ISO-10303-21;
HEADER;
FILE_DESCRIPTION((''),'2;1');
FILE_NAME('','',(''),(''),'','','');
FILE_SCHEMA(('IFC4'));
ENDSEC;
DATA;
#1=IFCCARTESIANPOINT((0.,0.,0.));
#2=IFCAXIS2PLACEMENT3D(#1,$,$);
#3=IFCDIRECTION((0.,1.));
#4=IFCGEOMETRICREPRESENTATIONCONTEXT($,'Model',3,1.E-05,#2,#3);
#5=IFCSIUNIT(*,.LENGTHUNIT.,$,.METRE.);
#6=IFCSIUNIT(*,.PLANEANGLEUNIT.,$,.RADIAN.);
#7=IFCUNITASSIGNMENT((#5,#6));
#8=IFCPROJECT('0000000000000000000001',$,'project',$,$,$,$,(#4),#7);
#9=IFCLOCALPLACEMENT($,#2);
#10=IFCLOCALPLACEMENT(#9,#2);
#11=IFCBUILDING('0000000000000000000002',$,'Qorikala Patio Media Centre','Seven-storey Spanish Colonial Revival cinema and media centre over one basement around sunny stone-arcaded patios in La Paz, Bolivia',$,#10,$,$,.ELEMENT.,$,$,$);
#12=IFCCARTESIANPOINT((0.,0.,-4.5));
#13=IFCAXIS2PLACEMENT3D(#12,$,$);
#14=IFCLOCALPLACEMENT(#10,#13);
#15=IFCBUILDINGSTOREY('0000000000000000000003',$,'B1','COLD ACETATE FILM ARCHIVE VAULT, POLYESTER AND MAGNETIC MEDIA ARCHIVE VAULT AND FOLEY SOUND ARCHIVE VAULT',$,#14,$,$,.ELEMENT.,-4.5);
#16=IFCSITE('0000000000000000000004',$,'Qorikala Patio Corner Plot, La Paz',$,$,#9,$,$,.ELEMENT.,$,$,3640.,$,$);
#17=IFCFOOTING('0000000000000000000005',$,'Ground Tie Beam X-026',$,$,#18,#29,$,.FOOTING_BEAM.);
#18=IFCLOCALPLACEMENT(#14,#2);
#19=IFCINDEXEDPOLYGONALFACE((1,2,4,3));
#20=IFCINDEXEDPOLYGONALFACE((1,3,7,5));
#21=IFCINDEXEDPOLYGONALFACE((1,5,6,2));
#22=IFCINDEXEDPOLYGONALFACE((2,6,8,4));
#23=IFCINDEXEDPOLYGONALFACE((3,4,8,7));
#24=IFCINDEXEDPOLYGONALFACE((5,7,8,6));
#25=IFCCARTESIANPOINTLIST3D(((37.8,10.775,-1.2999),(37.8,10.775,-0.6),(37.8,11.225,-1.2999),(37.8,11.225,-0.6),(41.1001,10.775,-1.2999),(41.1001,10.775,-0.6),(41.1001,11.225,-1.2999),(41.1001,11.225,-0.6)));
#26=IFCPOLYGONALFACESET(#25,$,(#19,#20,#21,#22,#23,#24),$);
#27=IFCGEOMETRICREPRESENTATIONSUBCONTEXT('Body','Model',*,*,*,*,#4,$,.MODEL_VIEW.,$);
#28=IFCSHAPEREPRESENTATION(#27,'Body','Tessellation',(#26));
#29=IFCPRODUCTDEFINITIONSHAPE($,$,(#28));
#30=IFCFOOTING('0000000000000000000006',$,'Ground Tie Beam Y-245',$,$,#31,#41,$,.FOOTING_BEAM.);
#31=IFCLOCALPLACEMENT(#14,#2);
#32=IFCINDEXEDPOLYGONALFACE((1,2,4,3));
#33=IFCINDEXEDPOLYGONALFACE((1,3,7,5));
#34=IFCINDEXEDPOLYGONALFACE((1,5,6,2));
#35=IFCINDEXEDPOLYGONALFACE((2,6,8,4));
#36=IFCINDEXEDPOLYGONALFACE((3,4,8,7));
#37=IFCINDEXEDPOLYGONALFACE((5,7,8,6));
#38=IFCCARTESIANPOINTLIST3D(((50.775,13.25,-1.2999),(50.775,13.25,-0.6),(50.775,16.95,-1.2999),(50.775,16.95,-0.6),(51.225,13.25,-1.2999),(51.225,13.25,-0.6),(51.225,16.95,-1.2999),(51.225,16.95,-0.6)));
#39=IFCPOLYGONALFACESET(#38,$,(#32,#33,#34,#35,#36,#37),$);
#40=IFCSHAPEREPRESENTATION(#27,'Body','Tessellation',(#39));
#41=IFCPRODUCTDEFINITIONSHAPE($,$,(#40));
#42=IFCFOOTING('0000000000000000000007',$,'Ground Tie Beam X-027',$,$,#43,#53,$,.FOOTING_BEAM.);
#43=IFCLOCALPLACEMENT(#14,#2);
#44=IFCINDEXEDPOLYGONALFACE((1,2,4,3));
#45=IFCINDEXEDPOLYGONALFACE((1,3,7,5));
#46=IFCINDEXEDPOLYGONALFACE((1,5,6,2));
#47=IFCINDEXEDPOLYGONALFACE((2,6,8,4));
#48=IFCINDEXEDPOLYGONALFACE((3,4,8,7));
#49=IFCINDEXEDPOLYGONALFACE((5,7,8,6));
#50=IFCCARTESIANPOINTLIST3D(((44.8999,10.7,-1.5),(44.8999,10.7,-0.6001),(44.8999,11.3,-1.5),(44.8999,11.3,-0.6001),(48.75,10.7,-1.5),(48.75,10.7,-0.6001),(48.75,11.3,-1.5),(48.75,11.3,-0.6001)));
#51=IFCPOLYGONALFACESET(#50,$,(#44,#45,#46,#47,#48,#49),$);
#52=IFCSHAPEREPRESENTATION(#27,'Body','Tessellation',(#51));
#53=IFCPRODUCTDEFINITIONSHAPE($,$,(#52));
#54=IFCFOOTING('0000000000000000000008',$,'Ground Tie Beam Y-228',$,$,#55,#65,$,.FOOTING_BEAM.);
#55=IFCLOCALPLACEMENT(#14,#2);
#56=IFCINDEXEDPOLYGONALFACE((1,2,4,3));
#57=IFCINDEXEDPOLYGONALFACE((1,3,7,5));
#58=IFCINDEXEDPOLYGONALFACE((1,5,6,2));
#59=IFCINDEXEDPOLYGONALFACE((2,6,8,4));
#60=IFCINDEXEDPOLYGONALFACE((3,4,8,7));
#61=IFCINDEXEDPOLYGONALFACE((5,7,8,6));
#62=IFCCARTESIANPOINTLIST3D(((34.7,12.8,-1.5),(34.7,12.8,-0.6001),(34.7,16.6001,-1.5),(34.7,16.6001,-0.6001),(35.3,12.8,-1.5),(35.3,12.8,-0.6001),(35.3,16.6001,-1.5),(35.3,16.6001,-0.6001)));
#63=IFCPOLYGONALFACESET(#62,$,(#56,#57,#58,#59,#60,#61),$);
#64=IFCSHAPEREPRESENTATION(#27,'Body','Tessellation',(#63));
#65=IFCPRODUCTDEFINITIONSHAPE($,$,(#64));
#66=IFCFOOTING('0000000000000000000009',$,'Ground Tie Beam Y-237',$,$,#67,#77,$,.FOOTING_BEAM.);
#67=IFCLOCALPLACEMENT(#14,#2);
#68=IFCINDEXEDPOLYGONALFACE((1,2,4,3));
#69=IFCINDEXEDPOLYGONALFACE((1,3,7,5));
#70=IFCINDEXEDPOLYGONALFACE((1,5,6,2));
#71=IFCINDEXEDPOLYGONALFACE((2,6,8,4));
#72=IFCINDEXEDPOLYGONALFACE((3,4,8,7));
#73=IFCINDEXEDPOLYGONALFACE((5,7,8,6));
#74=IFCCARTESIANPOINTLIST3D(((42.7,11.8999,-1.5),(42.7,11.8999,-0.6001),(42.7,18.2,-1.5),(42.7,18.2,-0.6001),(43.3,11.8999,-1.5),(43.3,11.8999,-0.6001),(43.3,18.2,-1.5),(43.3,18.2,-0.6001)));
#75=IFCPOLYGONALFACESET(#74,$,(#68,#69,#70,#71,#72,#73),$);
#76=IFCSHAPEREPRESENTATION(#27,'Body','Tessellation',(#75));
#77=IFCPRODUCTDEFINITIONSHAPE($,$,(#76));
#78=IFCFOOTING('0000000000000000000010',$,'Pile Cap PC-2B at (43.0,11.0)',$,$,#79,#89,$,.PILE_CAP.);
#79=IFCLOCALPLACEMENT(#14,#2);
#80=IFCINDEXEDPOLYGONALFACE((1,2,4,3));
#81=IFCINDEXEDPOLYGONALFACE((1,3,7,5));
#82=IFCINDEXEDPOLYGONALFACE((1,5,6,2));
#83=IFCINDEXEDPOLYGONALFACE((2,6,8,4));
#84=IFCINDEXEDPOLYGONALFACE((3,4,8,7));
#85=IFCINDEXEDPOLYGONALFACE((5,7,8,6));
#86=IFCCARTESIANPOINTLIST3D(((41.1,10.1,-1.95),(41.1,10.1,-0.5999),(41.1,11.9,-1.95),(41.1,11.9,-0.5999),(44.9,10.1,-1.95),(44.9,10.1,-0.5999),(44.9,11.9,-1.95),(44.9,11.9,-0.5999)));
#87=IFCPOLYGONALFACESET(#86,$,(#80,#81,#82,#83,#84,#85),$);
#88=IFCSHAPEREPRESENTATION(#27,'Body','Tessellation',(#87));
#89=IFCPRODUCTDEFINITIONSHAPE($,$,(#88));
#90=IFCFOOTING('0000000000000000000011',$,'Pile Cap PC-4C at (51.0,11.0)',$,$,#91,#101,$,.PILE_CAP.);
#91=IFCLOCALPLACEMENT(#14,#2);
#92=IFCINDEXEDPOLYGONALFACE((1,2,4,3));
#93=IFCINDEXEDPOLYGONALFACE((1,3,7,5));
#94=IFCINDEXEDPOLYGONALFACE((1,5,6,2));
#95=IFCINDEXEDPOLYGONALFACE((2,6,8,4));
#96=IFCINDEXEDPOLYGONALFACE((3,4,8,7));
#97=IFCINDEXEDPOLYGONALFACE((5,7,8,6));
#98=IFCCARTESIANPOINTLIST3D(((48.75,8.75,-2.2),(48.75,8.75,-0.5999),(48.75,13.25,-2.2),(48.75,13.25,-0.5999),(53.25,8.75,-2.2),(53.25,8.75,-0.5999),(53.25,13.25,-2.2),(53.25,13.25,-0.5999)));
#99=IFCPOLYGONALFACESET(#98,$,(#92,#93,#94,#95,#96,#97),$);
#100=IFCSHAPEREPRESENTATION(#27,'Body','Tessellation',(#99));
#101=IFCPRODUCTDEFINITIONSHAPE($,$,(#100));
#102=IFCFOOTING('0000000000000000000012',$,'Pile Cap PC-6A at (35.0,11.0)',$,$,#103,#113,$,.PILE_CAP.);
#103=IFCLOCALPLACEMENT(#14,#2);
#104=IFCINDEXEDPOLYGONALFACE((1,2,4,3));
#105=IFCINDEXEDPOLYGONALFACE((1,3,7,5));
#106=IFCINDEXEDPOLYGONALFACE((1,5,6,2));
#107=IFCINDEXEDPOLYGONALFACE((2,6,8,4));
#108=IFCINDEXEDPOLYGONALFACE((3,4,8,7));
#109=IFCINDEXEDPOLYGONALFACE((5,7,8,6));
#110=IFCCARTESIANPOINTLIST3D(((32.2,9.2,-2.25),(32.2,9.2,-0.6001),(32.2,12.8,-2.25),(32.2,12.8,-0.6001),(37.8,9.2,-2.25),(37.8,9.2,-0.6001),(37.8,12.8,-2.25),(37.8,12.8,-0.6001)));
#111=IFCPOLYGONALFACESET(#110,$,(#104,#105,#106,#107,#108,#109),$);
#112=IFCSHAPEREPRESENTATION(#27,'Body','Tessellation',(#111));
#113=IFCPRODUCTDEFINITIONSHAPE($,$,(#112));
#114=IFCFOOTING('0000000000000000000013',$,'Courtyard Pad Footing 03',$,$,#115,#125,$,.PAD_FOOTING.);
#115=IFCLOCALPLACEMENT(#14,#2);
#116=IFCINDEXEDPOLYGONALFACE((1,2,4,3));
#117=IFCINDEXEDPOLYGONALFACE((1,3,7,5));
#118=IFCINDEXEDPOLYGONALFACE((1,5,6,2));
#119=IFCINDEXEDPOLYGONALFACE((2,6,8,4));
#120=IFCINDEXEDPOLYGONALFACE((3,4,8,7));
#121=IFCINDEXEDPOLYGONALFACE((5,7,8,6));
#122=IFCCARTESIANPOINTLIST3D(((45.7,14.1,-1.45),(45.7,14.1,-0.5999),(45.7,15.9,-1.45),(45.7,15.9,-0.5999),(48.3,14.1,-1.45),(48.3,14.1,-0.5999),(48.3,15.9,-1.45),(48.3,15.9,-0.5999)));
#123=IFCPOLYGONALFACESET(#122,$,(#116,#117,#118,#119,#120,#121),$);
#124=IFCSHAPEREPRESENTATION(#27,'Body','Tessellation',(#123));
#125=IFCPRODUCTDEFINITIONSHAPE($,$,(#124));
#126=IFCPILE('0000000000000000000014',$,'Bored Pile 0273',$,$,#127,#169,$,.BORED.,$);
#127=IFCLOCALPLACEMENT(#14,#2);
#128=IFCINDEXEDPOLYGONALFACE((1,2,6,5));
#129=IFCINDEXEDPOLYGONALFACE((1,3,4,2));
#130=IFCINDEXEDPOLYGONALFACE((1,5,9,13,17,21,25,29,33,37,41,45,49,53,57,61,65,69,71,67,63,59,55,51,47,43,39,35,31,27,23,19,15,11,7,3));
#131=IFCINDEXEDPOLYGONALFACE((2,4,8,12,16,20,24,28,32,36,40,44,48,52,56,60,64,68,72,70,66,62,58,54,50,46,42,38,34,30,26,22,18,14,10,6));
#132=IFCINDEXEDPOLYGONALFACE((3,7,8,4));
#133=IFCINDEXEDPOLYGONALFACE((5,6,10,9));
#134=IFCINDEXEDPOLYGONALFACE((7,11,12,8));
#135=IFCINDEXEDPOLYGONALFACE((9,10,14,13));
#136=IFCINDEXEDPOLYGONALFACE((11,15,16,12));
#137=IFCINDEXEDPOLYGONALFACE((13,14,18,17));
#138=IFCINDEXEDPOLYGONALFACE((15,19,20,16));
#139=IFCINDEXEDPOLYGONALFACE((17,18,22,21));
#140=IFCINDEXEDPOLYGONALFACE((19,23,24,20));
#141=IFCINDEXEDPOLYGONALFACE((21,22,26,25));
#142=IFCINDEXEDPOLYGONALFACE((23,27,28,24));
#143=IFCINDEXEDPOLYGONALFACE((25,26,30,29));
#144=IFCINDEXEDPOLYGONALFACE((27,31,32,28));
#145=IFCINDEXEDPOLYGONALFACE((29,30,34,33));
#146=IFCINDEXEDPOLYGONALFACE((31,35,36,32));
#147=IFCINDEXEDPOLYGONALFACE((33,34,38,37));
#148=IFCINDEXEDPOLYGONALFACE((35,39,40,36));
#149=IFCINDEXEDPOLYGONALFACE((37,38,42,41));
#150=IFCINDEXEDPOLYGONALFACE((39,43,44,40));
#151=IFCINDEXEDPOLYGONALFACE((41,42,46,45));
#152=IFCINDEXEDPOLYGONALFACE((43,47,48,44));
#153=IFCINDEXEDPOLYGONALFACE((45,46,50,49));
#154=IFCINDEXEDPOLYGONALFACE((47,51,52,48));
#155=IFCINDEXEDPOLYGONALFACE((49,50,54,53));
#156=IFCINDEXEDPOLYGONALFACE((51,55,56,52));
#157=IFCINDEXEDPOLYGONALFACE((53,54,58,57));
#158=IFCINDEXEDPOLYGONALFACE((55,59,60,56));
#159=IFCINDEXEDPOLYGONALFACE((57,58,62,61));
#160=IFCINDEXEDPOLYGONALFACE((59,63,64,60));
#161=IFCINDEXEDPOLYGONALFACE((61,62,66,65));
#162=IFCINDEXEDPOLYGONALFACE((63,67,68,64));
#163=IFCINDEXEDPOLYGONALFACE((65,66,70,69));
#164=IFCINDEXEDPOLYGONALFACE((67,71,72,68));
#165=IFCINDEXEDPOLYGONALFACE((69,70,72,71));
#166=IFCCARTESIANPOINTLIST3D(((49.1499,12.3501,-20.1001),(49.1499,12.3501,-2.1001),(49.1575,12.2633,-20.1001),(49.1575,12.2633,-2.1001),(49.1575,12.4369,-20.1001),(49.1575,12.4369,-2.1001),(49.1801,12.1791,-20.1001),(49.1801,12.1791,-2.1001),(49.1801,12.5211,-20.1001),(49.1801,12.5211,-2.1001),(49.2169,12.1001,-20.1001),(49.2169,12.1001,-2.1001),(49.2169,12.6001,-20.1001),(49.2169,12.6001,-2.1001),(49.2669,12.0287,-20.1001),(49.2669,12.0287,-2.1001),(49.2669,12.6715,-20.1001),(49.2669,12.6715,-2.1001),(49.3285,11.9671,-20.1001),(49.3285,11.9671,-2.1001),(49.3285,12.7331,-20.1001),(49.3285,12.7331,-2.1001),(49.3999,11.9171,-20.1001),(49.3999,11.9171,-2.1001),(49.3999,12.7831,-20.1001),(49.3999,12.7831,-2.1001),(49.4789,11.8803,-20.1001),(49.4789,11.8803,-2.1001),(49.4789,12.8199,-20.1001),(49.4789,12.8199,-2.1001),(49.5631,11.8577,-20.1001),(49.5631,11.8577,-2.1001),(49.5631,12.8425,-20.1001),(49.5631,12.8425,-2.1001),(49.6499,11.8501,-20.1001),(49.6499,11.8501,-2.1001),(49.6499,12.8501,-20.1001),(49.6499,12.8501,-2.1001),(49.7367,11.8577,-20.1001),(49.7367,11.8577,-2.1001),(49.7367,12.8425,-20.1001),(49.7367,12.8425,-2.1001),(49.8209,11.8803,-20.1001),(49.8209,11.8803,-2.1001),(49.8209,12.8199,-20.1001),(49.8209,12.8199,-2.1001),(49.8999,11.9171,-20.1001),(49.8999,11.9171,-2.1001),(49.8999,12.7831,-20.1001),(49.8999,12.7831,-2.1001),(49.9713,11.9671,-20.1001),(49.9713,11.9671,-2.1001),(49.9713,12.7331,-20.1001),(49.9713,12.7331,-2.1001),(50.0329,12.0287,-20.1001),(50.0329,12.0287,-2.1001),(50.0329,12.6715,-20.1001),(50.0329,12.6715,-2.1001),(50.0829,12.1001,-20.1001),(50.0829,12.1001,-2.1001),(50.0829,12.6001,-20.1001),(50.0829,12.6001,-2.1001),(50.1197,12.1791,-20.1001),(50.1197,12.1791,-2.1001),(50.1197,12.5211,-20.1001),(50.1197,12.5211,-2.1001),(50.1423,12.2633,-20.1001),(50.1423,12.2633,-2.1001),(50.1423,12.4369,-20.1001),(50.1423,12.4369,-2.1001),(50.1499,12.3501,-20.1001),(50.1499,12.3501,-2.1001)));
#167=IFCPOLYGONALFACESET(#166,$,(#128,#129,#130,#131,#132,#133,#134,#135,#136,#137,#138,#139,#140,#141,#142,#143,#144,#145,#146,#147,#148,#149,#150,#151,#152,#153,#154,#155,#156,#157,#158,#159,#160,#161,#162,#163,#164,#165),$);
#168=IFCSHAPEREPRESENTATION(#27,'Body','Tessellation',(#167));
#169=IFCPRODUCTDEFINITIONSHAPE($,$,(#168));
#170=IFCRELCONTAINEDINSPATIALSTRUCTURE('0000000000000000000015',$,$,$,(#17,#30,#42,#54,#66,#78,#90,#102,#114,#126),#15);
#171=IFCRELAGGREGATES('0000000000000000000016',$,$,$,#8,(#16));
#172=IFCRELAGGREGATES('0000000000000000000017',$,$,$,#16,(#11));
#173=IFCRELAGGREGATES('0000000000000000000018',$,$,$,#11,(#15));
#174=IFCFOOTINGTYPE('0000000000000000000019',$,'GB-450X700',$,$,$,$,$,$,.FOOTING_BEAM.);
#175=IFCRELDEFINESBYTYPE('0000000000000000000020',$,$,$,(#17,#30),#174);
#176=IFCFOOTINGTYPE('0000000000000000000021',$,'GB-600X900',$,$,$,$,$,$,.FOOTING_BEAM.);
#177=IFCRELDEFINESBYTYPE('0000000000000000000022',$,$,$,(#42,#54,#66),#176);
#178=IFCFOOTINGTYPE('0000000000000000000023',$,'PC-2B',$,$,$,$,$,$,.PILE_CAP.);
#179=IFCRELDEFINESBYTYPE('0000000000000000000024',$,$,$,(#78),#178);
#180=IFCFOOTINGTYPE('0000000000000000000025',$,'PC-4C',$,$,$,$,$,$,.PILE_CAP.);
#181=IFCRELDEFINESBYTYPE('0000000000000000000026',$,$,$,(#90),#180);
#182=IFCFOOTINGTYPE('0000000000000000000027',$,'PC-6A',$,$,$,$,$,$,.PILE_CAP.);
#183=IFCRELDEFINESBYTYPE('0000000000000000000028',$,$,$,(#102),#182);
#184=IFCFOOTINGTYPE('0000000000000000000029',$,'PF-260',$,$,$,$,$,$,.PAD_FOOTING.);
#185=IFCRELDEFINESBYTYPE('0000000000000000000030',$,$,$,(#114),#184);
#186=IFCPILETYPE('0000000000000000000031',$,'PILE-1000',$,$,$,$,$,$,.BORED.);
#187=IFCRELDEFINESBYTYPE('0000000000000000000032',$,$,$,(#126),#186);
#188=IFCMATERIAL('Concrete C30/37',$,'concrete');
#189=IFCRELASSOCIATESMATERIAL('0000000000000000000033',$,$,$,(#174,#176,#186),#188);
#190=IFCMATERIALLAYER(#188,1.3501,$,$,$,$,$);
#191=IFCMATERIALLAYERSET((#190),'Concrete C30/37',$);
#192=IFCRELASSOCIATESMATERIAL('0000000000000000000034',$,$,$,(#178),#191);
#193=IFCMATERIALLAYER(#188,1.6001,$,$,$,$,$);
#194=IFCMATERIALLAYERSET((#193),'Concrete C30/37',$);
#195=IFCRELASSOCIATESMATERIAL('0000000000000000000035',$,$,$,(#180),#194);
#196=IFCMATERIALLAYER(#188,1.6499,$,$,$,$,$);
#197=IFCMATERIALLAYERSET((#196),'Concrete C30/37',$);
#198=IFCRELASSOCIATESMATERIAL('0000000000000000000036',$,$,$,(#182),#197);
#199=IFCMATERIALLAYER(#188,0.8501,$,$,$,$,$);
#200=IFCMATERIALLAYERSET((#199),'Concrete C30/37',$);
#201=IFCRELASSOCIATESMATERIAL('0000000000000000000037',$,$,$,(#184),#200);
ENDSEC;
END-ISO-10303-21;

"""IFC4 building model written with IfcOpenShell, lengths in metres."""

from ifc_helpers import new_model, si_unit, direction, frame, origin, origin_2d, place, context, subcontext, project, spatial, rectangle, circle, extrude, material, layer, layer_set, material_profile, profile_set, type_object, element, save


model = new_model("IFC4")

# Units and contexts
model_context = context("Model", 3, precision=1e-05, world=origin(), true_north=direction((0.0, 1.0)))
body_context = subcontext(model_context, "Body", "Model", "MODEL_VIEW")
ifc_project = project(units=[si_unit("LENGTHUNIT", "METRE"), si_unit("PLANEANGLEUNIT", "RADIAN")], contexts=[model_context])

# Site, building, storey
site_placement = place(None, origin())
site = spatial("IfcSite", under=ifc_project, at=site_placement, Name="Qorikala Patio Corner Plot, La Paz", CompositionType="ELEMENT", RefElevation=3640.0)
building_placement = place(site_placement, origin())
building = spatial("IfcBuilding", under=site, at=building_placement, Name="Qorikala Patio Media Centre", Description="Seven-storey Spanish Colonial Revival cinema and media centre over one basement around sunny stone-arcaded patios in La Paz, Bolivia", CompositionType="ELEMENT")
storey_placement = place(building_placement, frame((0.0, 0.0, -4.5)))
storey = spatial("IfcBuildingStorey", under=building, at=storey_placement, Name="B1", Description="COLD ACETATE FILM ARCHIVE VAULT, POLYESTER AND MAGNETIC MEDIA ARCHIVE VAULT AND FOLEY SOUND ARCHIVE VAULT", CompositionType="ELEMENT", Elevation=-4.5)

# Footings
ifc_material_1 = material(Name="Concrete C30/37", Category="concrete")
ifc_material_profile_1 = material_profile(ifc_material_1, rectangle(XDim=0.45, YDim=0.7, at=origin_2d()), Name="RC 450x700")
ifc_profile_set_1 = profile_set([ifc_material_profile_1], Name="Concrete C30/37")
footing_type_1 = type_object("IfcFootingType", Name="GB-450X700", PredefinedType="FOOTING_BEAM", material=ifc_profile_set_1)
footing_1_placement = place(storey_placement, frame((37.8, 11.0, -0.95), z_axis=(1.0, 0.0, 0.0), x_axis=(0.0, 1.0, 0.0)))
element("IfcFooting", 1, at=footing_1_placement, inside=storey, type_object=footing_type_1, Name="Ground Tie Beam X-026", PredefinedType="FOOTING_BEAM", context=body_context, shape_type="SweptSolid", body=[
    extrude(rectangle(XDim=0.45, YDim=0.7, at=origin_2d()), origin(), (0.0, 0.0, 1.0), 3.3),
])
footing_2_placement = place(storey_placement, frame((51.0, 13.25, -0.95), z_axis=(0.0, 1.0, 0.0), x_axis=(-1.0, 0.0, 0.0)))
element("IfcFooting", 2, at=footing_2_placement, inside=storey, type_object=footing_type_1, Name="Ground Tie Beam Y-245", PredefinedType="FOOTING_BEAM", context=body_context, shape_type="SweptSolid", body=[
    extrude(rectangle(XDim=0.45, YDim=0.7, at=origin_2d()), origin(), (0.0, 0.0, 1.0), 3.7),
])
ifc_material_profile_2 = material_profile(ifc_material_1, rectangle(XDim=0.6001, YDim=0.8999, at=origin_2d()), Name="RC 600x900")
ifc_profile_set_2 = profile_set([ifc_material_profile_2], Name="Concrete C30/37")
footing_type_2 = type_object("IfcFootingType", Name="GB-600X900", PredefinedType="FOOTING_BEAM", material=ifc_profile_set_2)
footing_3_placement = place(storey_placement, frame((44.8999, 11.0, -1.05), z_axis=(1.0, 0.0, 0.0), x_axis=(0.0, 1.0, 0.0)))
element("IfcFooting", 3, at=footing_3_placement, inside=storey, type_object=footing_type_2, Name="Ground Tie Beam X-027", PredefinedType="FOOTING_BEAM", context=body_context, shape_type="SweptSolid", body=[
    extrude(rectangle(XDim=0.6001, YDim=0.8999, at=origin_2d()), origin(), (0.0, 0.0, 1.0), 3.8501),
])
footing_4_placement = place(storey_placement, frame((35.0, 12.8, -1.05), z_axis=(0.0, 1.0, 0.0), x_axis=(-1.0, 0.0, 0.0)))
element("IfcFooting", 4, at=footing_4_placement, inside=storey, type_object=footing_type_2, Name="Ground Tie Beam Y-228", PredefinedType="FOOTING_BEAM", context=body_context, shape_type="SweptSolid", body=[
    extrude(rectangle(XDim=0.6001, YDim=0.8999, at=origin_2d()), origin(), (0.0, 0.0, 1.0), 3.8),
])
footing_5_placement = place(storey_placement, frame((43.0, 11.8999, -1.05), z_axis=(0.0, 1.0, 0.0), x_axis=(-1.0, 0.0, 0.0)))
element("IfcFooting", 5, at=footing_5_placement, inside=storey, type_object=footing_type_2, Name="Ground Tie Beam Y-237", PredefinedType="FOOTING_BEAM", context=body_context, shape_type="SweptSolid", body=[
    extrude(rectangle(XDim=0.6001, YDim=0.8999, at=origin_2d()), origin(), (0.0, 0.0, 1.0), 6.3),
])
ifc_layer_1 = layer(ifc_material_1, 1.3501)
ifc_layer_set_1 = layer_set([ifc_layer_1], Name="Concrete C30/37")
footing_type_3 = type_object("IfcFootingType", Name="PC-2B", PredefinedType="PILE_CAP", material=ifc_layer_set_1)
footing_6_placement = place(storey_placement, frame((43.0, 11.0, -1.95), z_axis=(0.0, 0.0, 1.0), x_axis=(1.0, 0.0, 0.0)))
element("IfcFooting", 6, at=footing_6_placement, inside=storey, type_object=footing_type_3, Name="Pile Cap PC-2B at (43.0,11.0)", PredefinedType="PILE_CAP", context=body_context, shape_type="SweptSolid", body=[
    extrude(rectangle(XDim=3.8, YDim=1.8, at=origin_2d()), origin(), (0.0, 0.0, 1.0), 1.3501),
])
ifc_layer_2 = layer(ifc_material_1, 1.6001)
ifc_layer_set_2 = layer_set([ifc_layer_2], Name="Concrete C30/37")
footing_type_4 = type_object("IfcFootingType", Name="PC-4C", PredefinedType="PILE_CAP", material=ifc_layer_set_2)
footing_7_placement = place(storey_placement, frame((51.0, 11.0, -2.2), z_axis=(0.0, 0.0, 1.0), x_axis=(1.0, 0.0, 0.0)))
element("IfcFooting", 7, at=footing_7_placement, inside=storey, type_object=footing_type_4, Name="Pile Cap PC-4C at (51.0,11.0)", PredefinedType="PILE_CAP", context=body_context, shape_type="SweptSolid", body=[
    extrude(rectangle(XDim=4.5, YDim=4.5, at=origin_2d()), origin(), (0.0, 0.0, 1.0), 1.6001),
])
ifc_layer_3 = layer(ifc_material_1, 1.6499)
ifc_layer_set_3 = layer_set([ifc_layer_3], Name="Concrete C30/37")
footing_type_5 = type_object("IfcFootingType", Name="PC-6A", PredefinedType="PILE_CAP", material=ifc_layer_set_3)
footing_8_placement = place(storey_placement, frame((35.0, 11.0, -2.25), z_axis=(0.0, 0.0, 1.0), x_axis=(1.0, 0.0, 0.0)))
element("IfcFooting", 8, at=footing_8_placement, inside=storey, type_object=footing_type_5, Name="Pile Cap PC-6A at (35.0,11.0)", PredefinedType="PILE_CAP", context=body_context, shape_type="SweptSolid", body=[
    extrude(rectangle(XDim=5.6001, YDim=3.6001, at=origin_2d()), origin(), (0.0, 0.0, 1.0), 1.6499),
])
ifc_layer_4 = layer(ifc_material_1, 0.8501)
ifc_layer_set_4 = layer_set([ifc_layer_4], Name="Concrete C30/37")
footing_type_6 = type_object("IfcFootingType", Name="PF-260", PredefinedType="PAD_FOOTING", material=ifc_layer_set_4)
footing_9_placement = place(storey_placement, frame((47.0, 15.0, -1.45), z_axis=(0.0, 0.0, 1.0), x_axis=(1.0, 0.0, 0.0)))
element("IfcFooting", 9, at=footing_9_placement, inside=storey, type_object=footing_type_6, Name="Courtyard Pad Footing 03", PredefinedType="PAD_FOOTING", context=body_context, shape_type="SweptSolid", body=[
    extrude(rectangle(XDim=2.6001, YDim=1.8, at=origin_2d()), origin(), (0.0, 0.0, 1.0), 0.8501),
])

# Pile
ifc_material_profile_3 = material_profile(ifc_material_1, circle(Radius=0.5, at=origin_2d()), Name="BORED PILE 1000")
ifc_profile_set_3 = profile_set([ifc_material_profile_3], Name="Concrete C30/37")
pile_type_1 = type_object("IfcPileType", Name="PILE-1000", PredefinedType="BORED", material=ifc_profile_set_3)
pile_placement = place(storey_placement, frame((49.6499, 12.3501, -2.1001), z_axis=(0.0, 0.0, -1.0), x_axis=(1.0, 0.0, 0.0)))
element("IfcPile", 10, at=pile_placement, inside=storey, type_object=pile_type_1, Name="Bored Pile 0273", PredefinedType="BORED", context=body_context, shape_type="SweptSolid", body=[
    extrude(circle(Radius=0.5, at=origin_2d()), origin(), (0.0, 0.0, 1.0), 18.0),
])

save(model, "model.ifc")
